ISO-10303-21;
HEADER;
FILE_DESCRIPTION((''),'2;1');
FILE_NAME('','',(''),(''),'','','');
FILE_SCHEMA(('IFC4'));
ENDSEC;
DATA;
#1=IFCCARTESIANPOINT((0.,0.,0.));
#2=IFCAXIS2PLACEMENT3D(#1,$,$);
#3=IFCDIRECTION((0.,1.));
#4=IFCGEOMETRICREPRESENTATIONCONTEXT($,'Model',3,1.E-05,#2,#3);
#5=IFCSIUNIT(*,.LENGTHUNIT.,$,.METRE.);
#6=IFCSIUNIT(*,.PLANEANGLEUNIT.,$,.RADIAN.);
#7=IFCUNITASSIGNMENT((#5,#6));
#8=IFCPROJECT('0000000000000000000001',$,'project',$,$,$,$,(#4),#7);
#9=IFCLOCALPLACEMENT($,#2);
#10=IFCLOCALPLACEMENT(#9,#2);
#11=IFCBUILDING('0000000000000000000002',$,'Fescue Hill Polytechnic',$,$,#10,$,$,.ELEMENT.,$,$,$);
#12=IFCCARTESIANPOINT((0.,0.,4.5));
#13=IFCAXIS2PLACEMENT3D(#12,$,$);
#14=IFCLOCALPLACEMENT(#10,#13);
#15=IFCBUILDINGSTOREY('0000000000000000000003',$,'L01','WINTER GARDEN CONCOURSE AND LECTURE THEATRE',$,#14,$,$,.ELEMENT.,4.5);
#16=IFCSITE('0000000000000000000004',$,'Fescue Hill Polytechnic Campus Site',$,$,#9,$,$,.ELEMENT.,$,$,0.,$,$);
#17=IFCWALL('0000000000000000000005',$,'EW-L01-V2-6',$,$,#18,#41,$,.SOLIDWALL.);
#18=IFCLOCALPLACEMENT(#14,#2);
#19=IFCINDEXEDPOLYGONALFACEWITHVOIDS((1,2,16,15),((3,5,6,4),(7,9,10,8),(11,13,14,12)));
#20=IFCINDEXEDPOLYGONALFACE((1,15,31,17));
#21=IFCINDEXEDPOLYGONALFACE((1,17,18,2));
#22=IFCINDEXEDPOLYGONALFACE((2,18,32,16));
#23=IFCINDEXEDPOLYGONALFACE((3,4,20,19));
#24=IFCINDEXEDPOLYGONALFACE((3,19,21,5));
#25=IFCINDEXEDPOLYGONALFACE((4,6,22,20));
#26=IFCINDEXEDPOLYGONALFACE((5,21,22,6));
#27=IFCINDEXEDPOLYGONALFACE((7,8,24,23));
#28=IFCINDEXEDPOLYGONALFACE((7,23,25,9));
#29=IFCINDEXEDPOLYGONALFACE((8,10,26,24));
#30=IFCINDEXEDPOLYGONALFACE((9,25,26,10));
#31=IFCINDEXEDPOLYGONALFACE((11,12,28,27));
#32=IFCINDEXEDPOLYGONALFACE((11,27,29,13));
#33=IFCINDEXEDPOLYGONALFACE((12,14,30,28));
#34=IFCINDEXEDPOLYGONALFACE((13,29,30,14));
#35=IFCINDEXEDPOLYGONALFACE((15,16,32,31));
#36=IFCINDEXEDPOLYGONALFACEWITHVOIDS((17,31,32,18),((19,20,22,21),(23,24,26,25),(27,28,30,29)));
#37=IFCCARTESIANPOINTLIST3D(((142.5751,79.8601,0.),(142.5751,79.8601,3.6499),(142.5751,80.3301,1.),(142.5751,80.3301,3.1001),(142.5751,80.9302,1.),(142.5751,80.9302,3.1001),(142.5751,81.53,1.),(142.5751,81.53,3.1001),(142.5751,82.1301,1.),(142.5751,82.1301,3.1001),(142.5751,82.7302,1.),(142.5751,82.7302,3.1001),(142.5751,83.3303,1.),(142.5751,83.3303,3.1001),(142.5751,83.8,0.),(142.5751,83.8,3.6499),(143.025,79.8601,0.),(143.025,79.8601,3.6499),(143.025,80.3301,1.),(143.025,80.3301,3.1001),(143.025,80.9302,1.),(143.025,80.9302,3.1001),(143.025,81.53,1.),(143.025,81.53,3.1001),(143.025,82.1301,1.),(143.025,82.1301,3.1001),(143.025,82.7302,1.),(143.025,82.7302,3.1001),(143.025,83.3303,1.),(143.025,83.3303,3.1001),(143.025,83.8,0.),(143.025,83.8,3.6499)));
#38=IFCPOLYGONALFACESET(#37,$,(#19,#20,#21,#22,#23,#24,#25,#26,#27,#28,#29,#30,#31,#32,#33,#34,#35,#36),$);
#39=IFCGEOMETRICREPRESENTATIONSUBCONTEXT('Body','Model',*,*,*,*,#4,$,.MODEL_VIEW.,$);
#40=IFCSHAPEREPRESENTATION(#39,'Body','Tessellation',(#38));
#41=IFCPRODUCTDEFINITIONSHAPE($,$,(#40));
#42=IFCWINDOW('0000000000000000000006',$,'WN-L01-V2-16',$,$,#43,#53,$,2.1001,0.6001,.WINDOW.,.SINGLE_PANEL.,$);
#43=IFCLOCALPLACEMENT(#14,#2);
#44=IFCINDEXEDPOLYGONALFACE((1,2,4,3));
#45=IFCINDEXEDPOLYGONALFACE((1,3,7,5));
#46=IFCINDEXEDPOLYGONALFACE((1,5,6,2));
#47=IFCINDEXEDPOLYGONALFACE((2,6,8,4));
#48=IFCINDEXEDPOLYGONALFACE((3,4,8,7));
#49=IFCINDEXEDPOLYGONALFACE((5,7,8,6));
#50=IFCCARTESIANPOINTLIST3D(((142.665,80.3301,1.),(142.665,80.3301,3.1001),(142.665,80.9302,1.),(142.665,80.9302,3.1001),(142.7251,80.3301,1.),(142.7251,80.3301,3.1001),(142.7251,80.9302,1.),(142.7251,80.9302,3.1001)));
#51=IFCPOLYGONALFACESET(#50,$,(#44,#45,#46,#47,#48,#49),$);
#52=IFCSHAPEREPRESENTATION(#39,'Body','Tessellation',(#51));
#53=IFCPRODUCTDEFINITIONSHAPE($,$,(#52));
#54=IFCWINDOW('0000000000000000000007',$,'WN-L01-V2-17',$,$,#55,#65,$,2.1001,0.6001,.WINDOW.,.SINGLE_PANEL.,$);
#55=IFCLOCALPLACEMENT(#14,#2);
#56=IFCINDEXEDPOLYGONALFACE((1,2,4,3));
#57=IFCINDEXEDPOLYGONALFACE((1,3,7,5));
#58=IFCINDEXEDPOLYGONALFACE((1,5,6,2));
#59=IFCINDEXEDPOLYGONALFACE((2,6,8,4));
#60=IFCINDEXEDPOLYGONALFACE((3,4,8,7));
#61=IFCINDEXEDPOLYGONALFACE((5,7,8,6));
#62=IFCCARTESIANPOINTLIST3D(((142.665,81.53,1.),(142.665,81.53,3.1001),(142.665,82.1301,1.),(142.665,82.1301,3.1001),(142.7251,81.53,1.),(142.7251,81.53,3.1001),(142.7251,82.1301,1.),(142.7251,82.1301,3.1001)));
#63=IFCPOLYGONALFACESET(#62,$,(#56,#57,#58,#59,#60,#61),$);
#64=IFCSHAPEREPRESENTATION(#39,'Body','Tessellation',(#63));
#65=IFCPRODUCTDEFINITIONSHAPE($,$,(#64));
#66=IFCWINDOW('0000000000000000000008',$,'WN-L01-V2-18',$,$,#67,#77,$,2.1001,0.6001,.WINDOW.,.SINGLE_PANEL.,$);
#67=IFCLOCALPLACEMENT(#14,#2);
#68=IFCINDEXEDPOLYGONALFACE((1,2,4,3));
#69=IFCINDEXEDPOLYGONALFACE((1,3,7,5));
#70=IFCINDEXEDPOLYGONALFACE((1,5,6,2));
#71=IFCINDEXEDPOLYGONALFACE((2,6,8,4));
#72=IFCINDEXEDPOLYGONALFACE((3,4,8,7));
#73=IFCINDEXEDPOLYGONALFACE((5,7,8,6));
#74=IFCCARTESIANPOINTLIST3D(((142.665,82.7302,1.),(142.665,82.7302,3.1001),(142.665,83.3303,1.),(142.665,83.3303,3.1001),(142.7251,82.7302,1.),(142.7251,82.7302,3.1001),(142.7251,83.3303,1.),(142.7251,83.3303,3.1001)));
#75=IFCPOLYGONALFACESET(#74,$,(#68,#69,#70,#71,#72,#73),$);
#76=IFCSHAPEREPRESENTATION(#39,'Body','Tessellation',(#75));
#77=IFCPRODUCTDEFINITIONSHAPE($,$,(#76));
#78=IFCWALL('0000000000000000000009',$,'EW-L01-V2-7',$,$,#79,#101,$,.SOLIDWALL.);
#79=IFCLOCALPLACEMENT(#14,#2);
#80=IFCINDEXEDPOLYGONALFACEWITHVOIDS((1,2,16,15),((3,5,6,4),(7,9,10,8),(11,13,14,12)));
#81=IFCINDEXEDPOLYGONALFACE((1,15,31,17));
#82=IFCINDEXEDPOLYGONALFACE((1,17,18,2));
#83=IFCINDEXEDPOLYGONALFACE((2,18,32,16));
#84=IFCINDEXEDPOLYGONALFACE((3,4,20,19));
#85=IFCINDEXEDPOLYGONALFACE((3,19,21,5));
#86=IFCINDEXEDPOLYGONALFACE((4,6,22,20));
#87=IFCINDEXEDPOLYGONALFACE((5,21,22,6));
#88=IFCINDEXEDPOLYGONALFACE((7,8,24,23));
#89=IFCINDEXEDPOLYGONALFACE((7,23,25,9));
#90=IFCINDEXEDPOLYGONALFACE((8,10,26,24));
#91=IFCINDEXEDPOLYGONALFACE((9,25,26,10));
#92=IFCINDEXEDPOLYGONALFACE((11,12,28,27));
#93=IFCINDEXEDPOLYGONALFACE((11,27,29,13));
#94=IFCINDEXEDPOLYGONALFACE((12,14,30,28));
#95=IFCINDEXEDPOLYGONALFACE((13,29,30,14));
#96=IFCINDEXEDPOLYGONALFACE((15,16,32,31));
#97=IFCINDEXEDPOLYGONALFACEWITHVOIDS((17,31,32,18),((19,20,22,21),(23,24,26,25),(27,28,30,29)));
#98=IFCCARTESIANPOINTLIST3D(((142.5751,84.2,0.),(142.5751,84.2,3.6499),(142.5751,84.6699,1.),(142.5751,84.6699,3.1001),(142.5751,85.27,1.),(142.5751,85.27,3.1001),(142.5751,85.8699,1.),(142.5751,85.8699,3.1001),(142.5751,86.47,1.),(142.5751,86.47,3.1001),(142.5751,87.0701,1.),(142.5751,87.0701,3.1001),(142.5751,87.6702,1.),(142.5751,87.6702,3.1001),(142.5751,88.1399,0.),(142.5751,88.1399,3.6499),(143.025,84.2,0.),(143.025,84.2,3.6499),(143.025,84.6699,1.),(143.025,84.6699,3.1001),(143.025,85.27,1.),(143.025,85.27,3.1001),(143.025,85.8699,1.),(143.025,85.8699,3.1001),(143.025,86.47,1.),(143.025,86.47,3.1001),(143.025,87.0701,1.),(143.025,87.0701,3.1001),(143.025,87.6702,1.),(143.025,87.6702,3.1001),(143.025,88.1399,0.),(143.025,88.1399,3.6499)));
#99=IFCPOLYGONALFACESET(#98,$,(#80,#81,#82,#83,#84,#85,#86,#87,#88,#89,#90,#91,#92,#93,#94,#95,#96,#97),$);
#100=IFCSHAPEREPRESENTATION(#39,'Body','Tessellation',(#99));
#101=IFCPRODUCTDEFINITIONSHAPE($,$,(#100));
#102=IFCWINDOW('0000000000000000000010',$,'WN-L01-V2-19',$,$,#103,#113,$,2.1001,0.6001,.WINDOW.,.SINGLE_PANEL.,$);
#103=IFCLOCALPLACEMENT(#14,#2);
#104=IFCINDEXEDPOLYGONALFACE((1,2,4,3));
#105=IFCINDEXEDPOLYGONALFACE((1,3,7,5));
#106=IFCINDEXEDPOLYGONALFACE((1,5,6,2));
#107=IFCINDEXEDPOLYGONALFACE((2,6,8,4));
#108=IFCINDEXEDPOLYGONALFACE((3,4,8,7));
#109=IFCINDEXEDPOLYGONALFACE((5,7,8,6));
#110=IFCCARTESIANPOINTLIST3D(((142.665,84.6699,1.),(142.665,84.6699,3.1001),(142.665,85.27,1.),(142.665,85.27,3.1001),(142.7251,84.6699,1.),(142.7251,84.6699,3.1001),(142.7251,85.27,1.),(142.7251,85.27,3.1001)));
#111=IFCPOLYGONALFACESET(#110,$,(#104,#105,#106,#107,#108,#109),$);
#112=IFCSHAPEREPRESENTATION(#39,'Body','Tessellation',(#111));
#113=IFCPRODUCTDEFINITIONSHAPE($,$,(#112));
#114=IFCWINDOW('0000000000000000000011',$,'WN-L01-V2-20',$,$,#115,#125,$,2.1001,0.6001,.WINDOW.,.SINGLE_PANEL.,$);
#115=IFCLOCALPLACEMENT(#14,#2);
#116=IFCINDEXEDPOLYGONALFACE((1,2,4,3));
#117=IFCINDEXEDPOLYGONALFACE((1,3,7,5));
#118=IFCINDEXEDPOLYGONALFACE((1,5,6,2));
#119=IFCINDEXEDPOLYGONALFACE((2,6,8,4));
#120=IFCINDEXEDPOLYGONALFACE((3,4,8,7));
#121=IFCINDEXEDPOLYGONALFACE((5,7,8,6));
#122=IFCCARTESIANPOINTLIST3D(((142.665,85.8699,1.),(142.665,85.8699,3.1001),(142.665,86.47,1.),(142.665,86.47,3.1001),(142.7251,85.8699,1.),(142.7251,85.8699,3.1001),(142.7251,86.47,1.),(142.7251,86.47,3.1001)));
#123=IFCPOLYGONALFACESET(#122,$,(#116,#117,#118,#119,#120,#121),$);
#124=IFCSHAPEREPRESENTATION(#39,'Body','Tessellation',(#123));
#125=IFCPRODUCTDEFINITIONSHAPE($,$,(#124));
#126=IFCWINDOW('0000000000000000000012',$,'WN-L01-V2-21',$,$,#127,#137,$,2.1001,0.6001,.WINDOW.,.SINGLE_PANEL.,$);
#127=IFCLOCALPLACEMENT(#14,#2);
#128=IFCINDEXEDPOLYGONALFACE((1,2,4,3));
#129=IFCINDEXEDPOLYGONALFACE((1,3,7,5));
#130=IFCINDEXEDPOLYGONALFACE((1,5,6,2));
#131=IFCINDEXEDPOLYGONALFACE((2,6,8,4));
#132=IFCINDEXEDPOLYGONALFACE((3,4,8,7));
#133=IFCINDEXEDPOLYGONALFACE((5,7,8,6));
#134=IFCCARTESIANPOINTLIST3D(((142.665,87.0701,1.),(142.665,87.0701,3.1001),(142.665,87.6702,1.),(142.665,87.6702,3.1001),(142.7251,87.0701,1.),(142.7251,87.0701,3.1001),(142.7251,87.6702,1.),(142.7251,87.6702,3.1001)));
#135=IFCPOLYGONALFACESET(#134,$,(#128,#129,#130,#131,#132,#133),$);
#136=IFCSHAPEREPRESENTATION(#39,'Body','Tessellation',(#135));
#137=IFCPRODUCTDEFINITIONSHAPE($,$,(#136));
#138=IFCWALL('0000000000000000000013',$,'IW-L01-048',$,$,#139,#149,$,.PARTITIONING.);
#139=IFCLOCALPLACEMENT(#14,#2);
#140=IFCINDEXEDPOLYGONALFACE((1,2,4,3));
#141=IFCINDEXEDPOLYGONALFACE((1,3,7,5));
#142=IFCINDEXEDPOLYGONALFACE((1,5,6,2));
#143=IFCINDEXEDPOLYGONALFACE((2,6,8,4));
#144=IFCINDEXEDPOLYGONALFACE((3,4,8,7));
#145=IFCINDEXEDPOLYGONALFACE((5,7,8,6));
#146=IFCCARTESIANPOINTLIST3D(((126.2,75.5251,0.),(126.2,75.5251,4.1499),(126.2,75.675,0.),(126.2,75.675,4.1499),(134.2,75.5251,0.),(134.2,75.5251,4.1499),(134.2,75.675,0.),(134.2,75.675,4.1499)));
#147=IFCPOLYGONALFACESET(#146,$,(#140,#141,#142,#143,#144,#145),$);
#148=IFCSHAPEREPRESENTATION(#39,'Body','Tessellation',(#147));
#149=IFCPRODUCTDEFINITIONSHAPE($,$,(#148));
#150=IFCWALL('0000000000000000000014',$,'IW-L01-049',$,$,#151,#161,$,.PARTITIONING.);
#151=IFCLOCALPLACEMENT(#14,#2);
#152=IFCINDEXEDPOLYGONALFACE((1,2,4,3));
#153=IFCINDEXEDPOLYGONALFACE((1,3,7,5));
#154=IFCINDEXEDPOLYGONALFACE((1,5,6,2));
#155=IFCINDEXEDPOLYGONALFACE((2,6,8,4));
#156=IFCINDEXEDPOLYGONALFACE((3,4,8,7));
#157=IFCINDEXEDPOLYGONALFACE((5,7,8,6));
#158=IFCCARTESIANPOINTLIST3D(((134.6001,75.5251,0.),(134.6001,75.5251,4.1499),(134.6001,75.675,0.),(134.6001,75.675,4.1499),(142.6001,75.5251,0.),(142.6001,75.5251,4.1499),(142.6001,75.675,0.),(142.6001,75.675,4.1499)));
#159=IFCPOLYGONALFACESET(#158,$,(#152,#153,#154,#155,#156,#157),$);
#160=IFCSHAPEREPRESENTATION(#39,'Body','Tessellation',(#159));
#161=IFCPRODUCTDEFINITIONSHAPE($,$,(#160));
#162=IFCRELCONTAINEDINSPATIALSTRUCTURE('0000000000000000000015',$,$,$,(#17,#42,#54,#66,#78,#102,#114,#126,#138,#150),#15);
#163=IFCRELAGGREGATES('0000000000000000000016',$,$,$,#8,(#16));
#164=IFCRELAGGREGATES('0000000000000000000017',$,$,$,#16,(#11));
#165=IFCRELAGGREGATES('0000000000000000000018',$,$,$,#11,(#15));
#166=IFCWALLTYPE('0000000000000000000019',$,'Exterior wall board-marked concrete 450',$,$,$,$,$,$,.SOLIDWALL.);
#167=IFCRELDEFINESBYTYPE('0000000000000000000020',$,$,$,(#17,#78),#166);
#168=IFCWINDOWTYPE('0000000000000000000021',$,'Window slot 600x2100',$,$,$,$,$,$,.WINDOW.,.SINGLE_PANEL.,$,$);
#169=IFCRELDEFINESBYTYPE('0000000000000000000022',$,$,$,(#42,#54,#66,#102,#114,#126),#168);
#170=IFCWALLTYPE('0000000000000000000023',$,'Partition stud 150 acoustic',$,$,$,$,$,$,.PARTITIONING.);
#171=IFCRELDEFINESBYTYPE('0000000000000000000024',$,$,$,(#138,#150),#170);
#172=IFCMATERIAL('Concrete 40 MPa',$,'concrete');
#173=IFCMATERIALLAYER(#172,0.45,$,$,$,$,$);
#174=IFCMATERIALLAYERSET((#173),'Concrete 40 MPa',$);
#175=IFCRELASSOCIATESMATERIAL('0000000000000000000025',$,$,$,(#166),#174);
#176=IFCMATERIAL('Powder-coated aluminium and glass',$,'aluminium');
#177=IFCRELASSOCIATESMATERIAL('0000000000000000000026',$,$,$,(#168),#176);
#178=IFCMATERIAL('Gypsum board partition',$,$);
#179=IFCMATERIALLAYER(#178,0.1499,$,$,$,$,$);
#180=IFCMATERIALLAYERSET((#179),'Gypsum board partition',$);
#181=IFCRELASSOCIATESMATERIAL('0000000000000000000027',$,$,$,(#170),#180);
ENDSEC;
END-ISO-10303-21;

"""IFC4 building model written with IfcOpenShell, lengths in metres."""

from ifc_helpers import new_model, si_unit, direction, frame, frame_2d, origin, place, context, subcontext, project, spatial, rectangle, extrude, material, layer, layer_set, type_object, element, fill, save


model = new_model("IFC4")

# Units and contexts
model_context = context("Model", 3, precision=1e-05, world=origin(), true_north=direction((0.0, 1.0)))
body_context = subcontext(model_context, "Body", "Model", "MODEL_VIEW")
ifc_project = project(units=[si_unit("LENGTHUNIT", "METRE"), si_unit("PLANEANGLEUNIT", "RADIAN")], contexts=[model_context])

# Site, building, storey
site_placement = place(None, origin())
site = spatial("IfcSite", under=ifc_project, at=site_placement, Name="Fescue Hill Polytechnic Campus Site", CompositionType="ELEMENT", RefElevation=0.0)
building_placement = place(site_placement, origin())
building = spatial("IfcBuilding", under=site, at=building_placement, Name="Fescue Hill Polytechnic", CompositionType="ELEMENT")
storey_placement = place(building_placement, frame((0.0, 0.0, 4.5)))
storey = spatial("IfcBuildingStorey", under=building, at=storey_placement, Name="L01", Description="WINTER GARDEN CONCOURSE AND LECTURE THEATRE", CompositionType="ELEMENT", Elevation=4.5)

# Shared definitions
ifc_material_1 = material(Name="Concrete 40 MPa", Category="concrete")

# Walls, openings, windows
ifc_layer_1 = layer(ifc_material_1, 0.45)
ifc_layer_set_1 = layer_set([ifc_layer_1], Name="Concrete 40 MPa")
wall_type_1 = type_object("IfcWallType", Name="Exterior wall board-marked concrete 450", PredefinedType="SOLIDWALL", material=ifc_layer_set_1)
ifc_material_2 = material(Name="Powder-coated aluminium and glass", Category="aluminium")
window_type = type_object("IfcWindowType", Name="Window slot 600x2100", PartitioningType="SINGLE_PANEL", PredefinedType="WINDOW", material=ifc_material_2)
wall_1_placement = place(storey_placement, frame((142.8, 79.8601, 0.0), z_axis=(0.0, 0.0, 1.0), x_axis=(0.0, 1.0, 0.0)))
wall_1 = element("IfcWall", 1, at=wall_1_placement, inside=storey, type_object=wall_type_1, Name="EW-L01-V2-6", PredefinedType="SOLIDWALL", context=body_context, shape_type="SweptSolid", body=[
    extrude(rectangle(XDim=3.9399, YDim=0.45, at=frame_2d((1.97, 0.0))), origin(), (0.0, 0.0, 1.0), 3.6499),
])
opening_1_placement = place(wall_1_placement, frame((0.47, 0.0, 1.0)))
opening_1 = element("IfcOpeningElement", 2, at=opening_1_placement, cuts=wall_1, PredefinedType="OPENING", context=body_context, shape_type="SweptSolid", body=[
    extrude(rectangle(XDim=0.6001, YDim=2.1001, at=frame_2d((0.3, 1.05))), frame((0.0, 0.2349, 0.0), z_axis=(0.0, -1.0, 0.0), x_axis=(1.0, 0.0, 0.0)), (0.0, 0.0, 1.0), 0.47),
])
opening_2_placement = place(wall_1_placement, frame((1.6699, 0.0, 1.0)))
opening_2 = element("IfcOpeningElement", 3, at=opening_2_placement, cuts=wall_1, PredefinedType="OPENING", context=body_context, shape_type="SweptSolid", body=[
    extrude(rectangle(XDim=0.6001, YDim=2.1001, at=frame_2d((0.3, 1.05))), frame((0.0, 0.2349, 0.0), z_axis=(0.0, -1.0, 0.0), x_axis=(1.0, 0.0, 0.0)), (0.0, 0.0, 1.0), 0.47),
])
opening_3_placement = place(wall_1_placement, frame((2.8701, 0.0, 1.0)))
opening_3 = element("IfcOpeningElement", 4, at=opening_3_placement, cuts=wall_1, PredefinedType="OPENING", context=body_context, shape_type="SweptSolid", body=[
    extrude(rectangle(XDim=0.6001, YDim=2.1001, at=frame_2d((0.3, 1.05))), frame((0.0, 0.2349, 0.0), z_axis=(0.0, -1.0, 0.0), x_axis=(1.0, 0.0, 0.0)), (0.0, 0.0, 1.0), 0.47),
])
window_1_placement = place(opening_1_placement, origin())
window_1 = element("IfcWindow", 5, at=window_1_placement, inside=storey, type_object=window_type, Name="WN-L01-V2-16", OverallHeight=2.1001, OverallWidth=0.6001, PartitioningType="SINGLE_PANEL", PredefinedType="WINDOW", context=body_context, shape_type="SweptSolid", body=[
    extrude(rectangle(XDim=0.6001, YDim=2.1001, at=frame_2d((0.3, 1.05))), frame((0.0, 0.135, 0.0), z_axis=(0.0, -1.0, 0.0), x_axis=(1.0, 0.0, 0.0)), (0.0, 0.0, 1.0), 0.0601),
])
fill(opening_1, window_1)
window_2_placement = place(opening_2_placement, origin())
window_2 = element("IfcWindow", 6, at=window_2_placement, inside=storey, type_object=window_type, Name="WN-L01-V2-17", OverallHeight=2.1001, OverallWidth=0.6001, PartitioningType="SINGLE_PANEL", PredefinedType="WINDOW", context=body_context, shape_type="SweptSolid", body=[
    extrude(rectangle(XDim=0.6001, YDim=2.1001, at=frame_2d((0.3, 1.05))), frame((0.0, 0.135, 0.0), z_axis=(0.0, -1.0, 0.0), x_axis=(1.0, 0.0, 0.0)), (0.0, 0.0, 1.0), 0.0601),
])
fill(opening_2, window_2)
window_3_placement = place(opening_3_placement, origin())
window_3 = element("IfcWindow", 7, at=window_3_placement, inside=storey, type_object=window_type, Name="WN-L01-V2-18", OverallHeight=2.1001, OverallWidth=0.6001, PartitioningType="SINGLE_PANEL", PredefinedType="WINDOW", context=body_context, shape_type="SweptSolid", body=[
    extrude(rectangle(XDim=0.6001, YDim=2.1001, at=frame_2d((0.3, 1.05))), frame((0.0, 0.135, 0.0), z_axis=(0.0, -1.0, 0.0), x_axis=(1.0, 0.0, 0.0)), (0.0, 0.0, 1.0), 0.0601),
])
fill(opening_3, window_3)
wall_2_placement = place(storey_placement, frame((142.8, 84.2, 0.0), z_axis=(0.0, 0.0, 1.0), x_axis=(0.0, 1.0, 0.0)))
wall_2 = element("IfcWall", 8, at=wall_2_placement, inside=storey, type_object=wall_type_1, Name="EW-L01-V2-7", PredefinedType="SOLIDWALL", context=body_context, shape_type="SweptSolid", body=[
    extrude(rectangle(XDim=3.9399, YDim=0.45, at=frame_2d((1.97, 0.0))), origin(), (0.0, 0.0, 1.0), 3.6499),
])
opening_4_placement = place(wall_2_placement, frame((0.47, 0.0, 1.0)))
opening_4 = element("IfcOpeningElement", 9, at=opening_4_placement, cuts=wall_2, PredefinedType="OPENING", context=body_context, shape_type="SweptSolid", body=[
    extrude(rectangle(XDim=0.6001, YDim=2.1001, at=frame_2d((0.3, 1.05))), frame((0.0, 0.2349, 0.0), z_axis=(0.0, -1.0, 0.0), x_axis=(1.0, 0.0, 0.0)), (0.0, 0.0, 1.0), 0.47),
])
opening_5_placement = place(wall_2_placement, frame((1.6699, 0.0, 1.0)))
opening_5 = element("IfcOpeningElement", 10, at=opening_5_placement, cuts=wall_2, PredefinedType="OPENING", context=body_context, shape_type="SweptSolid", body=[
    extrude(rectangle(XDim=0.6001, YDim=2.1001, at=frame_2d((0.3, 1.05))), frame((0.0, 0.2349, 0.0), z_axis=(0.0, -1.0, 0.0), x_axis=(1.0, 0.0, 0.0)), (0.0, 0.0, 1.0), 0.47),
])
opening_6_placement = place(wall_2_placement, frame((2.8701, 0.0, 1.0)))
opening_6 = element("IfcOpeningElement", 11, at=opening_6_placement, cuts=wall_2, PredefinedType="OPENING", context=body_context, shape_type="SweptSolid", body=[
    extrude(rectangle(XDim=0.6001, YDim=2.1001, at=frame_2d((0.3, 1.05))), frame((0.0, 0.2349, 0.0), z_axis=(0.0, -1.0, 0.0), x_axis=(1.0, 0.0, 0.0)), (0.0, 0.0, 1.0), 0.47),
])
window_4_placement = place(opening_4_placement, origin())
window_4 = element("IfcWindow", 12, at=window_4_placement, inside=storey, type_object=window_type, Name="WN-L01-V2-19", OverallHeight=2.1001, OverallWidth=0.6001, PartitioningType="SINGLE_PANEL", PredefinedType="WINDOW", context=body_context, shape_type="SweptSolid", body=[
    extrude(rectangle(XDim=0.6001, YDim=2.1001, at=frame_2d((0.3, 1.05))), frame((0.0, 0.135, 0.0), z_axis=(0.0, -1.0, 0.0), x_axis=(1.0, 0.0, 0.0)), (0.0, 0.0, 1.0), 0.0601),
])
fill(opening_4, window_4)
window_5_placement = place(opening_5_placement, origin())
window_5 = element("IfcWindow", 13, at=window_5_placement, inside=storey, type_object=window_type, Name="WN-L01-V2-20", OverallHeight=2.1001, OverallWidth=0.6001, PartitioningType="SINGLE_PANEL", PredefinedType="WINDOW", context=body_context, shape_type="SweptSolid", body=[
    extrude(rectangle(XDim=0.6001, YDim=2.1001, at=frame_2d((0.3, 1.05))), frame((0.0, 0.135, 0.0), z_axis=(0.0, -1.0, 0.0), x_axis=(1.0, 0.0, 0.0)), (0.0, 0.0, 1.0), 0.0601),
])
fill(opening_5, window_5)
window_6_placement = place(opening_6_placement, origin())
window_6 = element("IfcWindow", 14, at=window_6_placement, inside=storey, type_object=window_type, Name="WN-L01-V2-21", OverallHeight=2.1001, OverallWidth=0.6001, PartitioningType="SINGLE_PANEL", PredefinedType="WINDOW", context=body_context, shape_type="SweptSolid", body=[
    extrude(rectangle(XDim=0.6001, YDim=2.1001, at=frame_2d((0.3, 1.05))), frame((0.0, 0.135, 0.0), z_axis=(0.0, -1.0, 0.0), x_axis=(1.0, 0.0, 0.0)), (0.0, 0.0, 1.0), 0.0601),
])
fill(opening_6, window_6)

# Walls
ifc_material_3 = material(Name="Gypsum board partition")
ifc_layer_2 = layer(ifc_material_3, 0.1499)
ifc_layer_set_2 = layer_set([ifc_layer_2], Name="Gypsum board partition")
wall_type_2 = type_object("IfcWallType", Name="Partition stud 150 acoustic", PredefinedType="PARTITIONING", material=ifc_layer_set_2)
for number, where, z_axis, x_axis, name in (
    (15, (126.2, 75.6001, 0.0), (0.0, 0.0, 1.0), (1.0, 0.0, 0.0), "IW-L01-048"),
    (16, (134.6001, 75.6001, 0.0), (0.0, 0.0, 1.0), (1.0, 0.0, 0.0), "IW-L01-049"),
):
    element("IfcWall", number, at=place(storey_placement, frame(where, z_axis=z_axis, x_axis=x_axis)), inside=storey, type_object=wall_type_2, Name=name, PredefinedType="PARTITIONING", context=body_context, shape_type="SweptSolid", body=[
        extrude(rectangle(XDim=8.0, YDim=0.1499, at=frame_2d((4.0, 0.0))), origin(), (0.0, 0.0, 1.0), 4.1499),
    ])

save(model, "model.ifc")
